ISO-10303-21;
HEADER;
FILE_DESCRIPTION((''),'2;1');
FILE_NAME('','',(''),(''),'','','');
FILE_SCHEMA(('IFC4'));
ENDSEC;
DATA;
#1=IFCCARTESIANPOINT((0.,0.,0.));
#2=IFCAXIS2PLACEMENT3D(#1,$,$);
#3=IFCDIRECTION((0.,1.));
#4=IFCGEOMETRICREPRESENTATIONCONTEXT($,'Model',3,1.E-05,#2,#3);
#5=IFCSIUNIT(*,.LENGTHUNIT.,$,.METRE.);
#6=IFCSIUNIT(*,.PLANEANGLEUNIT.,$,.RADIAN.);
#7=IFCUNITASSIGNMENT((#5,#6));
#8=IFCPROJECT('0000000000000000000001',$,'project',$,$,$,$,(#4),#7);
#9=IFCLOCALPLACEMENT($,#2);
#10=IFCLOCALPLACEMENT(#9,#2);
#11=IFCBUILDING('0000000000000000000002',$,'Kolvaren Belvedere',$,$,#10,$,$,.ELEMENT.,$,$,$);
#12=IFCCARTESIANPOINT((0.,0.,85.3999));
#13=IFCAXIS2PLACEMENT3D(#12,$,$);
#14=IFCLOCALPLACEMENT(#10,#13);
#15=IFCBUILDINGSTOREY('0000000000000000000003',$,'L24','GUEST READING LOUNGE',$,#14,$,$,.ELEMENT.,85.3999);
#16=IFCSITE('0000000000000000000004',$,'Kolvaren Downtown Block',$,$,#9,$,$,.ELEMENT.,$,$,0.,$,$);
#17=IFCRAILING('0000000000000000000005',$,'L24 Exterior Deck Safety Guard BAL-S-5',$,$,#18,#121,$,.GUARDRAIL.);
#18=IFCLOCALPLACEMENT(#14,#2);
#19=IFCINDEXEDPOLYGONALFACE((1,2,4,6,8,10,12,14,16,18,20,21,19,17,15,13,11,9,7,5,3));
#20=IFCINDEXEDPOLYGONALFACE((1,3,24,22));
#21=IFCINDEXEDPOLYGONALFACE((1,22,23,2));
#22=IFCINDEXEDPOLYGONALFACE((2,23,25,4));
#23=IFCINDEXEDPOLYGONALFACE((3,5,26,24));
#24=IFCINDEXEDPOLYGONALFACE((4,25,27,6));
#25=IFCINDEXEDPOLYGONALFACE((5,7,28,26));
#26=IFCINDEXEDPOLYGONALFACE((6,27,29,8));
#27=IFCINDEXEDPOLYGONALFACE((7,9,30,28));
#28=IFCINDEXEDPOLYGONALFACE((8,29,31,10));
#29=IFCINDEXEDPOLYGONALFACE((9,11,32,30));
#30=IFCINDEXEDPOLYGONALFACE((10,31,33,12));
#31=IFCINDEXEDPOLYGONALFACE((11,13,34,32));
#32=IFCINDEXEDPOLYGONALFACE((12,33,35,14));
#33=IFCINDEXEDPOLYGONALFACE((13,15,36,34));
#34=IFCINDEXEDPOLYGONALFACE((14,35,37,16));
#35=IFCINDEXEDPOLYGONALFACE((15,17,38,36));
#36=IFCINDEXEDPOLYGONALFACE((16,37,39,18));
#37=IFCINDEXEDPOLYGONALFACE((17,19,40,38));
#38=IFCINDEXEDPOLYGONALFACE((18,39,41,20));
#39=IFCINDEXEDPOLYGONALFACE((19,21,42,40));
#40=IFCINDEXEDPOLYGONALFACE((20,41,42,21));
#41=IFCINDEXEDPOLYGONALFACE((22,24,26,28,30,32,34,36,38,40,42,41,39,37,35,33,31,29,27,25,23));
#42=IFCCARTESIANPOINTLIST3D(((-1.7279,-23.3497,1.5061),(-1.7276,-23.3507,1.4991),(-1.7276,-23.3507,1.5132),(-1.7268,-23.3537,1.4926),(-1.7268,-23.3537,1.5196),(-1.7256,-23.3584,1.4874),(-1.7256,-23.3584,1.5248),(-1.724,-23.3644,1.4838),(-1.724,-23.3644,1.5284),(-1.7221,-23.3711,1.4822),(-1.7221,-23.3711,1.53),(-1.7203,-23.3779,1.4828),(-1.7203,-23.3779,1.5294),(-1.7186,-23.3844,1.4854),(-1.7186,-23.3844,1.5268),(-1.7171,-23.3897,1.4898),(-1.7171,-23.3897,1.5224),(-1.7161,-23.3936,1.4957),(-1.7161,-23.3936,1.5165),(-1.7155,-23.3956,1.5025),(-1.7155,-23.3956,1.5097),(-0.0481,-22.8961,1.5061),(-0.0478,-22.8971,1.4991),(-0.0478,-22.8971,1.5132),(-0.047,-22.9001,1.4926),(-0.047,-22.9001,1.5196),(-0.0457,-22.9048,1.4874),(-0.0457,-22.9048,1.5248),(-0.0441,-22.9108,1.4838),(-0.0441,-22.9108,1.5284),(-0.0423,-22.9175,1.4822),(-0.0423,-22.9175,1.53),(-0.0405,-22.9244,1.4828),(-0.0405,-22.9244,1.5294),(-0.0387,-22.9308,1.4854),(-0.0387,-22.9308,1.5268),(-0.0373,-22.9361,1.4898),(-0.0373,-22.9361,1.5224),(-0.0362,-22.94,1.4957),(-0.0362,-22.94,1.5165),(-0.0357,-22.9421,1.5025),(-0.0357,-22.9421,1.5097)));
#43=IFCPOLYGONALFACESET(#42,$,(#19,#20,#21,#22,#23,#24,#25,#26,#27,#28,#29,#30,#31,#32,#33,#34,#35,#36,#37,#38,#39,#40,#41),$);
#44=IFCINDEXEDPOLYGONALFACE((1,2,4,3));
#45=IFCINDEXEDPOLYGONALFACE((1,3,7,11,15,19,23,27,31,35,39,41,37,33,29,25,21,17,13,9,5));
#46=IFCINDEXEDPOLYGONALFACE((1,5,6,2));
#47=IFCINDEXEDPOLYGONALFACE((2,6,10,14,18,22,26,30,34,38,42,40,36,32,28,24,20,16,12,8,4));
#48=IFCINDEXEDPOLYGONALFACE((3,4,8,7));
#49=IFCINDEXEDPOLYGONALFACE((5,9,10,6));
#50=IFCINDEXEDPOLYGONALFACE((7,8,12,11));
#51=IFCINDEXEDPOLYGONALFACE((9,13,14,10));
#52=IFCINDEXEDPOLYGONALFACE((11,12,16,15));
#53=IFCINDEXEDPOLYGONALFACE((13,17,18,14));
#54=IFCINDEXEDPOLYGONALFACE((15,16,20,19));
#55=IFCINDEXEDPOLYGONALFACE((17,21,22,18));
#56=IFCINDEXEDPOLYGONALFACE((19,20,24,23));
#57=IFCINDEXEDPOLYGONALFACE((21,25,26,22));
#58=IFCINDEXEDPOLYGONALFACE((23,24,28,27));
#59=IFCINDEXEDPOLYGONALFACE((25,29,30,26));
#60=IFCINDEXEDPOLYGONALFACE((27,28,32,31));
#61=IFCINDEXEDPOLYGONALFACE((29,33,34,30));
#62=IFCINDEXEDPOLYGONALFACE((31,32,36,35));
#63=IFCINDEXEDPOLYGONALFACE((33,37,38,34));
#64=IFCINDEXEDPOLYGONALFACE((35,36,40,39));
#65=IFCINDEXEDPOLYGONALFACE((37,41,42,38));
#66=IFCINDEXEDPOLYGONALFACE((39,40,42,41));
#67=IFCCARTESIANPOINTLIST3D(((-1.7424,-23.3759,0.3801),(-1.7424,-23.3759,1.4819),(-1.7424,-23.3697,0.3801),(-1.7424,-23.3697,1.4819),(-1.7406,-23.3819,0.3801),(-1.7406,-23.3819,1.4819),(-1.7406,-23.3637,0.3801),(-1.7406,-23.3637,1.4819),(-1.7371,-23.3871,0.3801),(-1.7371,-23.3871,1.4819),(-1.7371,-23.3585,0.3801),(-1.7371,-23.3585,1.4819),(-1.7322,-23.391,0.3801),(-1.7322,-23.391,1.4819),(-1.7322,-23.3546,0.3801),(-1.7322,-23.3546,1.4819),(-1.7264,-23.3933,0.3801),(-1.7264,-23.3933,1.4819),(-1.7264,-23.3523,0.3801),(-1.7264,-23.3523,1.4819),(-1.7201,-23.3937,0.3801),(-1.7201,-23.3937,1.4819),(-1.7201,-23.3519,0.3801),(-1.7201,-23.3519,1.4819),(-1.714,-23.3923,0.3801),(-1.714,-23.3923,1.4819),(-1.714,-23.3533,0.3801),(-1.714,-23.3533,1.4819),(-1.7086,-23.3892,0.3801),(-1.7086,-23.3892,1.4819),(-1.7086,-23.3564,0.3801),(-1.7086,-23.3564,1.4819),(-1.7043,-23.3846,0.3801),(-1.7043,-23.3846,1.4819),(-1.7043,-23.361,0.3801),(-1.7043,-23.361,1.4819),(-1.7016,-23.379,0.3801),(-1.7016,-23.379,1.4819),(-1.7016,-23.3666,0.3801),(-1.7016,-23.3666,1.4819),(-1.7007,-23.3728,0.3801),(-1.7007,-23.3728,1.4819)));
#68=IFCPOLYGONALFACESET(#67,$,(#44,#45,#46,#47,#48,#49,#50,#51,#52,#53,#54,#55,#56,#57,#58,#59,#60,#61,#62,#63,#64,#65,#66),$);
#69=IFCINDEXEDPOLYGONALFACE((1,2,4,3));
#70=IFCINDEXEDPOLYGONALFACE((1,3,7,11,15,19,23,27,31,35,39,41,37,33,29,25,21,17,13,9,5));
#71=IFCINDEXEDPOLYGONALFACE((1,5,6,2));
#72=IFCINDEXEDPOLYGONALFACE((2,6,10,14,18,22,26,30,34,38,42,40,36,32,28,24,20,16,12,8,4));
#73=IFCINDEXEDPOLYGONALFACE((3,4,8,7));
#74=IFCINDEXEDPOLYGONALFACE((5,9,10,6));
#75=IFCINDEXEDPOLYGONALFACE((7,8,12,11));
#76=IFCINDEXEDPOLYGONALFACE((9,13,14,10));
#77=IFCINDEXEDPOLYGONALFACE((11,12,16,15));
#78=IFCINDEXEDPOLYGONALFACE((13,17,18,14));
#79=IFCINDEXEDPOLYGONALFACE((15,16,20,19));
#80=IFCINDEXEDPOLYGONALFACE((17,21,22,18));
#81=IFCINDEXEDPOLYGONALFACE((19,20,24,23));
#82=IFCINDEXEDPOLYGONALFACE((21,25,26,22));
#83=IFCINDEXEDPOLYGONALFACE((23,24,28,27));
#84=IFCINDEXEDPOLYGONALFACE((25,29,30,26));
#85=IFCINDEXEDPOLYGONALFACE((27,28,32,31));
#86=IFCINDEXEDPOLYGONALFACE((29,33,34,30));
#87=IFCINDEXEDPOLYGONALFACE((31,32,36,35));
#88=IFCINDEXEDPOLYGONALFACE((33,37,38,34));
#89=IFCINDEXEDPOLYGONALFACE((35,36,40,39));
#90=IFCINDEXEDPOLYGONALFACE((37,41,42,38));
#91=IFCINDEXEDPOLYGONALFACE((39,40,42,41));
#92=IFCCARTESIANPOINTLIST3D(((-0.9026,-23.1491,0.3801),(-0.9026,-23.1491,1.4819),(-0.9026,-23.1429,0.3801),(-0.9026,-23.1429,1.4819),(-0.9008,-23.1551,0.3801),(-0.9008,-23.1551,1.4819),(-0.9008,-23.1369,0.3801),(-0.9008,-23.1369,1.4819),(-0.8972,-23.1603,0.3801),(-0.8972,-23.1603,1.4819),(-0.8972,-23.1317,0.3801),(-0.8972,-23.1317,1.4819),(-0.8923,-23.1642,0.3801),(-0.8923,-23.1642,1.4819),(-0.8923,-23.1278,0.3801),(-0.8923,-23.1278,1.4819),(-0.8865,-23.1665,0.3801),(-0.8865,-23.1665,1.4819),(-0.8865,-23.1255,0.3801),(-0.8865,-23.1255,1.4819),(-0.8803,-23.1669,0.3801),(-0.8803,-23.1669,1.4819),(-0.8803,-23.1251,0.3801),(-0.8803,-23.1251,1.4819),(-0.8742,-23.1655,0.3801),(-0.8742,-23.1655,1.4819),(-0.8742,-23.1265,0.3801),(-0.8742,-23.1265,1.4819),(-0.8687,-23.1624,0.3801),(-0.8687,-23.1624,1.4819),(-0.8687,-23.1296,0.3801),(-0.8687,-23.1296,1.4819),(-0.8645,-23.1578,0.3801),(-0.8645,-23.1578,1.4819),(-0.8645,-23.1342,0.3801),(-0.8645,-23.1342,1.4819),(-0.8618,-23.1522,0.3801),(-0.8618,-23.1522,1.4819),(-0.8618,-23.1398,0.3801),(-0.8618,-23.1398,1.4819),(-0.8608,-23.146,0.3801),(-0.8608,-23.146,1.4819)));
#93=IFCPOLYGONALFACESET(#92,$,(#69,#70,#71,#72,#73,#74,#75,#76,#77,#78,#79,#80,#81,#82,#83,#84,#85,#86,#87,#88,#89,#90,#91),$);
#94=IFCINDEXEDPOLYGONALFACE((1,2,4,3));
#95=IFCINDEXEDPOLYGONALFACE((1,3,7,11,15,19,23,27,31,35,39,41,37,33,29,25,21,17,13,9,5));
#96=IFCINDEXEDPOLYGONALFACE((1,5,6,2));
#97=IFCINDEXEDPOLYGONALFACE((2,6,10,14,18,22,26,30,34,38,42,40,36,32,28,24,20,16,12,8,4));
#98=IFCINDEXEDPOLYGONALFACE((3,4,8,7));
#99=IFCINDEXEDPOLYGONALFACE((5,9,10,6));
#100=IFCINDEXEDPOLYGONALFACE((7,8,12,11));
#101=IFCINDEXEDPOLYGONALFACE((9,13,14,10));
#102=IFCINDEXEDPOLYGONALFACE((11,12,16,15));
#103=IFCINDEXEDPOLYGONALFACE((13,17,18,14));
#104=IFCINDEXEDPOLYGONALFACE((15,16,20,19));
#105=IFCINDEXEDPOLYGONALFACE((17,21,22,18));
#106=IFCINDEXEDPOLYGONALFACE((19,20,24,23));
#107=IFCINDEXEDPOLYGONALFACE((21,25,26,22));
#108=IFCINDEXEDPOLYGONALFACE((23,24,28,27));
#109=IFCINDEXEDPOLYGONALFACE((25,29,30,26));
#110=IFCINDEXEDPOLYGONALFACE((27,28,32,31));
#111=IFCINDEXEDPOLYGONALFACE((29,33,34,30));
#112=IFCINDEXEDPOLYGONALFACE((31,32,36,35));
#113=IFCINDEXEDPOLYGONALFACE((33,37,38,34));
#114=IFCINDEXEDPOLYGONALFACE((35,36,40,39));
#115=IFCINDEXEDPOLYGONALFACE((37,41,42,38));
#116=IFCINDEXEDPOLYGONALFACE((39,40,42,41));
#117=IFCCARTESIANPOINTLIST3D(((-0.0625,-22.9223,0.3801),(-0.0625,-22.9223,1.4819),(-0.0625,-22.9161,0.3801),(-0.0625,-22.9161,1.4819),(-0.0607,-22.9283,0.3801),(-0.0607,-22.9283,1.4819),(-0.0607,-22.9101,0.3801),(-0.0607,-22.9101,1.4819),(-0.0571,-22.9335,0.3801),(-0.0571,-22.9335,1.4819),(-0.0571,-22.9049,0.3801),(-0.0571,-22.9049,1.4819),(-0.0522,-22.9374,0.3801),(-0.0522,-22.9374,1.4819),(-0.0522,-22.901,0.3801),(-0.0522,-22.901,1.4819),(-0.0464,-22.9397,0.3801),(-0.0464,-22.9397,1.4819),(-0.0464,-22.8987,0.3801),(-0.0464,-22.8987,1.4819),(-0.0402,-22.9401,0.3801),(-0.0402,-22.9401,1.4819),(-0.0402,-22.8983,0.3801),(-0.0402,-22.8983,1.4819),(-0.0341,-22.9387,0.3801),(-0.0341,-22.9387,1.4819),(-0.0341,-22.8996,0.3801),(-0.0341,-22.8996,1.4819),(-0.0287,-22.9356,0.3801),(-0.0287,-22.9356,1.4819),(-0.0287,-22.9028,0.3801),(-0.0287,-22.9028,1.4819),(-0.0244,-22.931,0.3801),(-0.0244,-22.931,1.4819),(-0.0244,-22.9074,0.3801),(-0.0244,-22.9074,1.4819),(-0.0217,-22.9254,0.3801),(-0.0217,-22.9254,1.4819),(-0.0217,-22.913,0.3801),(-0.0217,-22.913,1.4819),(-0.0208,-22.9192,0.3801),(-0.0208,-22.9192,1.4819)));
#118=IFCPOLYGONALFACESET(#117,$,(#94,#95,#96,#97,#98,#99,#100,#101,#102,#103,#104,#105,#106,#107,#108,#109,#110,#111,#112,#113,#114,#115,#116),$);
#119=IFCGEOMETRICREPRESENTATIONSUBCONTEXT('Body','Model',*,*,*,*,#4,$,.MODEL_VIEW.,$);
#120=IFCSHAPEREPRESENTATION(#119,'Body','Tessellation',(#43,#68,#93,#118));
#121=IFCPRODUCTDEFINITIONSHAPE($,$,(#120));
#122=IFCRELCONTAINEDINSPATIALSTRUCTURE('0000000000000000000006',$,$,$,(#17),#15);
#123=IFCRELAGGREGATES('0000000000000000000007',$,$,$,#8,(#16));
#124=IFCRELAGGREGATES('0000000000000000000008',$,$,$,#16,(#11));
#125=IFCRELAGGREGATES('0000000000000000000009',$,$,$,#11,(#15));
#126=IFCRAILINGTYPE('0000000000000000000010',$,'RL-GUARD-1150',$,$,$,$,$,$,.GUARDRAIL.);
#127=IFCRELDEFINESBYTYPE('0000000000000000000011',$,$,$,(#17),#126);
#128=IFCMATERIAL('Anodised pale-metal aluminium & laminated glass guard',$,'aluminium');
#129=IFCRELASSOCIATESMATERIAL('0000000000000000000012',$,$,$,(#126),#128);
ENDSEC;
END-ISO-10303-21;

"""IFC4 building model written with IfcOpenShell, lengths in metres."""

from ifc_helpers import new_model, si_unit, direction, frame, origin, origin_2d, place, context, subcontext, project, spatial, circle, extrude, material, type_object, element, save


model = new_model("IFC4")

# Units and contexts
model_context = context("Model", 3, precision=1e-05, world=origin(), true_north=direction((0.0, 1.0)))
body_context = subcontext(model_context, "Body", "Model", "MODEL_VIEW")
ifc_project = project(units=[si_unit("LENGTHUNIT", "METRE"), si_unit("PLANEANGLEUNIT", "RADIAN")], contexts=[model_context])

# Site, building, storey
site_placement = place(None, origin())
site = spatial("IfcSite", under=ifc_project, at=site_placement, Name="Kolvaren Downtown Block", CompositionType="ELEMENT", RefElevation=0.0)
building_placement = place(site_placement, origin())
building = spatial("IfcBuilding", under=site, at=building_placement, Name="Kolvaren Belvedere", CompositionType="ELEMENT")
storey_placement = place(building_placement, frame((0.0, 0.0, 85.3999)))
storey = spatial("IfcBuildingStorey", under=building, at=storey_placement, Name="L24", Description="GUEST READING LOUNGE", CompositionType="ELEMENT", Elevation=85.3999)

# Railing
ifc_material_1 = material(Name="Anodised pale-metal aluminium & laminated glass guard", Category="aluminium")
railing_type = type_object("IfcRailingType", Name="RL-GUARD-1150", PredefinedType="GUARDRAIL", material=ifc_material_1)
railing_1_placement = place(storey_placement, frame((-1.7217, -23.3728, 0.3801)))
element("IfcRailing", 1, at=railing_1_placement, inside=storey, type_object=railing_type, Name="L24 Exterior Deck Safety Guard BAL-S-5", PredefinedType="GUARDRAIL", context=body_context, shape_type="SweptSolid", body=[
    extrude(circle(Radius=0.0239, at=origin_2d()), frame((0.0, 0.0, 1.126), z_axis=(0.965424, 0.260683, 0.0), x_axis=(-0.260683, 0.965424, 0.0)), (0.0, 0.0, 1.0), 1.74),
    extrude(circle(Radius=0.021, at=origin_2d()), origin(), (0.0, 0.0, 1.0), 1.1018),
    extrude(circle(Radius=0.021, at=origin_2d()), frame((0.8398, 0.2268, 0.0)), (0.0, 0.0, 1.0), 1.1018),
    extrude(circle(Radius=0.021, at=origin_2d()), frame((1.6799, 0.4536, 0.0)), (0.0, 0.0, 1.0), 1.1018),
])

save(model, "model.ifc")
